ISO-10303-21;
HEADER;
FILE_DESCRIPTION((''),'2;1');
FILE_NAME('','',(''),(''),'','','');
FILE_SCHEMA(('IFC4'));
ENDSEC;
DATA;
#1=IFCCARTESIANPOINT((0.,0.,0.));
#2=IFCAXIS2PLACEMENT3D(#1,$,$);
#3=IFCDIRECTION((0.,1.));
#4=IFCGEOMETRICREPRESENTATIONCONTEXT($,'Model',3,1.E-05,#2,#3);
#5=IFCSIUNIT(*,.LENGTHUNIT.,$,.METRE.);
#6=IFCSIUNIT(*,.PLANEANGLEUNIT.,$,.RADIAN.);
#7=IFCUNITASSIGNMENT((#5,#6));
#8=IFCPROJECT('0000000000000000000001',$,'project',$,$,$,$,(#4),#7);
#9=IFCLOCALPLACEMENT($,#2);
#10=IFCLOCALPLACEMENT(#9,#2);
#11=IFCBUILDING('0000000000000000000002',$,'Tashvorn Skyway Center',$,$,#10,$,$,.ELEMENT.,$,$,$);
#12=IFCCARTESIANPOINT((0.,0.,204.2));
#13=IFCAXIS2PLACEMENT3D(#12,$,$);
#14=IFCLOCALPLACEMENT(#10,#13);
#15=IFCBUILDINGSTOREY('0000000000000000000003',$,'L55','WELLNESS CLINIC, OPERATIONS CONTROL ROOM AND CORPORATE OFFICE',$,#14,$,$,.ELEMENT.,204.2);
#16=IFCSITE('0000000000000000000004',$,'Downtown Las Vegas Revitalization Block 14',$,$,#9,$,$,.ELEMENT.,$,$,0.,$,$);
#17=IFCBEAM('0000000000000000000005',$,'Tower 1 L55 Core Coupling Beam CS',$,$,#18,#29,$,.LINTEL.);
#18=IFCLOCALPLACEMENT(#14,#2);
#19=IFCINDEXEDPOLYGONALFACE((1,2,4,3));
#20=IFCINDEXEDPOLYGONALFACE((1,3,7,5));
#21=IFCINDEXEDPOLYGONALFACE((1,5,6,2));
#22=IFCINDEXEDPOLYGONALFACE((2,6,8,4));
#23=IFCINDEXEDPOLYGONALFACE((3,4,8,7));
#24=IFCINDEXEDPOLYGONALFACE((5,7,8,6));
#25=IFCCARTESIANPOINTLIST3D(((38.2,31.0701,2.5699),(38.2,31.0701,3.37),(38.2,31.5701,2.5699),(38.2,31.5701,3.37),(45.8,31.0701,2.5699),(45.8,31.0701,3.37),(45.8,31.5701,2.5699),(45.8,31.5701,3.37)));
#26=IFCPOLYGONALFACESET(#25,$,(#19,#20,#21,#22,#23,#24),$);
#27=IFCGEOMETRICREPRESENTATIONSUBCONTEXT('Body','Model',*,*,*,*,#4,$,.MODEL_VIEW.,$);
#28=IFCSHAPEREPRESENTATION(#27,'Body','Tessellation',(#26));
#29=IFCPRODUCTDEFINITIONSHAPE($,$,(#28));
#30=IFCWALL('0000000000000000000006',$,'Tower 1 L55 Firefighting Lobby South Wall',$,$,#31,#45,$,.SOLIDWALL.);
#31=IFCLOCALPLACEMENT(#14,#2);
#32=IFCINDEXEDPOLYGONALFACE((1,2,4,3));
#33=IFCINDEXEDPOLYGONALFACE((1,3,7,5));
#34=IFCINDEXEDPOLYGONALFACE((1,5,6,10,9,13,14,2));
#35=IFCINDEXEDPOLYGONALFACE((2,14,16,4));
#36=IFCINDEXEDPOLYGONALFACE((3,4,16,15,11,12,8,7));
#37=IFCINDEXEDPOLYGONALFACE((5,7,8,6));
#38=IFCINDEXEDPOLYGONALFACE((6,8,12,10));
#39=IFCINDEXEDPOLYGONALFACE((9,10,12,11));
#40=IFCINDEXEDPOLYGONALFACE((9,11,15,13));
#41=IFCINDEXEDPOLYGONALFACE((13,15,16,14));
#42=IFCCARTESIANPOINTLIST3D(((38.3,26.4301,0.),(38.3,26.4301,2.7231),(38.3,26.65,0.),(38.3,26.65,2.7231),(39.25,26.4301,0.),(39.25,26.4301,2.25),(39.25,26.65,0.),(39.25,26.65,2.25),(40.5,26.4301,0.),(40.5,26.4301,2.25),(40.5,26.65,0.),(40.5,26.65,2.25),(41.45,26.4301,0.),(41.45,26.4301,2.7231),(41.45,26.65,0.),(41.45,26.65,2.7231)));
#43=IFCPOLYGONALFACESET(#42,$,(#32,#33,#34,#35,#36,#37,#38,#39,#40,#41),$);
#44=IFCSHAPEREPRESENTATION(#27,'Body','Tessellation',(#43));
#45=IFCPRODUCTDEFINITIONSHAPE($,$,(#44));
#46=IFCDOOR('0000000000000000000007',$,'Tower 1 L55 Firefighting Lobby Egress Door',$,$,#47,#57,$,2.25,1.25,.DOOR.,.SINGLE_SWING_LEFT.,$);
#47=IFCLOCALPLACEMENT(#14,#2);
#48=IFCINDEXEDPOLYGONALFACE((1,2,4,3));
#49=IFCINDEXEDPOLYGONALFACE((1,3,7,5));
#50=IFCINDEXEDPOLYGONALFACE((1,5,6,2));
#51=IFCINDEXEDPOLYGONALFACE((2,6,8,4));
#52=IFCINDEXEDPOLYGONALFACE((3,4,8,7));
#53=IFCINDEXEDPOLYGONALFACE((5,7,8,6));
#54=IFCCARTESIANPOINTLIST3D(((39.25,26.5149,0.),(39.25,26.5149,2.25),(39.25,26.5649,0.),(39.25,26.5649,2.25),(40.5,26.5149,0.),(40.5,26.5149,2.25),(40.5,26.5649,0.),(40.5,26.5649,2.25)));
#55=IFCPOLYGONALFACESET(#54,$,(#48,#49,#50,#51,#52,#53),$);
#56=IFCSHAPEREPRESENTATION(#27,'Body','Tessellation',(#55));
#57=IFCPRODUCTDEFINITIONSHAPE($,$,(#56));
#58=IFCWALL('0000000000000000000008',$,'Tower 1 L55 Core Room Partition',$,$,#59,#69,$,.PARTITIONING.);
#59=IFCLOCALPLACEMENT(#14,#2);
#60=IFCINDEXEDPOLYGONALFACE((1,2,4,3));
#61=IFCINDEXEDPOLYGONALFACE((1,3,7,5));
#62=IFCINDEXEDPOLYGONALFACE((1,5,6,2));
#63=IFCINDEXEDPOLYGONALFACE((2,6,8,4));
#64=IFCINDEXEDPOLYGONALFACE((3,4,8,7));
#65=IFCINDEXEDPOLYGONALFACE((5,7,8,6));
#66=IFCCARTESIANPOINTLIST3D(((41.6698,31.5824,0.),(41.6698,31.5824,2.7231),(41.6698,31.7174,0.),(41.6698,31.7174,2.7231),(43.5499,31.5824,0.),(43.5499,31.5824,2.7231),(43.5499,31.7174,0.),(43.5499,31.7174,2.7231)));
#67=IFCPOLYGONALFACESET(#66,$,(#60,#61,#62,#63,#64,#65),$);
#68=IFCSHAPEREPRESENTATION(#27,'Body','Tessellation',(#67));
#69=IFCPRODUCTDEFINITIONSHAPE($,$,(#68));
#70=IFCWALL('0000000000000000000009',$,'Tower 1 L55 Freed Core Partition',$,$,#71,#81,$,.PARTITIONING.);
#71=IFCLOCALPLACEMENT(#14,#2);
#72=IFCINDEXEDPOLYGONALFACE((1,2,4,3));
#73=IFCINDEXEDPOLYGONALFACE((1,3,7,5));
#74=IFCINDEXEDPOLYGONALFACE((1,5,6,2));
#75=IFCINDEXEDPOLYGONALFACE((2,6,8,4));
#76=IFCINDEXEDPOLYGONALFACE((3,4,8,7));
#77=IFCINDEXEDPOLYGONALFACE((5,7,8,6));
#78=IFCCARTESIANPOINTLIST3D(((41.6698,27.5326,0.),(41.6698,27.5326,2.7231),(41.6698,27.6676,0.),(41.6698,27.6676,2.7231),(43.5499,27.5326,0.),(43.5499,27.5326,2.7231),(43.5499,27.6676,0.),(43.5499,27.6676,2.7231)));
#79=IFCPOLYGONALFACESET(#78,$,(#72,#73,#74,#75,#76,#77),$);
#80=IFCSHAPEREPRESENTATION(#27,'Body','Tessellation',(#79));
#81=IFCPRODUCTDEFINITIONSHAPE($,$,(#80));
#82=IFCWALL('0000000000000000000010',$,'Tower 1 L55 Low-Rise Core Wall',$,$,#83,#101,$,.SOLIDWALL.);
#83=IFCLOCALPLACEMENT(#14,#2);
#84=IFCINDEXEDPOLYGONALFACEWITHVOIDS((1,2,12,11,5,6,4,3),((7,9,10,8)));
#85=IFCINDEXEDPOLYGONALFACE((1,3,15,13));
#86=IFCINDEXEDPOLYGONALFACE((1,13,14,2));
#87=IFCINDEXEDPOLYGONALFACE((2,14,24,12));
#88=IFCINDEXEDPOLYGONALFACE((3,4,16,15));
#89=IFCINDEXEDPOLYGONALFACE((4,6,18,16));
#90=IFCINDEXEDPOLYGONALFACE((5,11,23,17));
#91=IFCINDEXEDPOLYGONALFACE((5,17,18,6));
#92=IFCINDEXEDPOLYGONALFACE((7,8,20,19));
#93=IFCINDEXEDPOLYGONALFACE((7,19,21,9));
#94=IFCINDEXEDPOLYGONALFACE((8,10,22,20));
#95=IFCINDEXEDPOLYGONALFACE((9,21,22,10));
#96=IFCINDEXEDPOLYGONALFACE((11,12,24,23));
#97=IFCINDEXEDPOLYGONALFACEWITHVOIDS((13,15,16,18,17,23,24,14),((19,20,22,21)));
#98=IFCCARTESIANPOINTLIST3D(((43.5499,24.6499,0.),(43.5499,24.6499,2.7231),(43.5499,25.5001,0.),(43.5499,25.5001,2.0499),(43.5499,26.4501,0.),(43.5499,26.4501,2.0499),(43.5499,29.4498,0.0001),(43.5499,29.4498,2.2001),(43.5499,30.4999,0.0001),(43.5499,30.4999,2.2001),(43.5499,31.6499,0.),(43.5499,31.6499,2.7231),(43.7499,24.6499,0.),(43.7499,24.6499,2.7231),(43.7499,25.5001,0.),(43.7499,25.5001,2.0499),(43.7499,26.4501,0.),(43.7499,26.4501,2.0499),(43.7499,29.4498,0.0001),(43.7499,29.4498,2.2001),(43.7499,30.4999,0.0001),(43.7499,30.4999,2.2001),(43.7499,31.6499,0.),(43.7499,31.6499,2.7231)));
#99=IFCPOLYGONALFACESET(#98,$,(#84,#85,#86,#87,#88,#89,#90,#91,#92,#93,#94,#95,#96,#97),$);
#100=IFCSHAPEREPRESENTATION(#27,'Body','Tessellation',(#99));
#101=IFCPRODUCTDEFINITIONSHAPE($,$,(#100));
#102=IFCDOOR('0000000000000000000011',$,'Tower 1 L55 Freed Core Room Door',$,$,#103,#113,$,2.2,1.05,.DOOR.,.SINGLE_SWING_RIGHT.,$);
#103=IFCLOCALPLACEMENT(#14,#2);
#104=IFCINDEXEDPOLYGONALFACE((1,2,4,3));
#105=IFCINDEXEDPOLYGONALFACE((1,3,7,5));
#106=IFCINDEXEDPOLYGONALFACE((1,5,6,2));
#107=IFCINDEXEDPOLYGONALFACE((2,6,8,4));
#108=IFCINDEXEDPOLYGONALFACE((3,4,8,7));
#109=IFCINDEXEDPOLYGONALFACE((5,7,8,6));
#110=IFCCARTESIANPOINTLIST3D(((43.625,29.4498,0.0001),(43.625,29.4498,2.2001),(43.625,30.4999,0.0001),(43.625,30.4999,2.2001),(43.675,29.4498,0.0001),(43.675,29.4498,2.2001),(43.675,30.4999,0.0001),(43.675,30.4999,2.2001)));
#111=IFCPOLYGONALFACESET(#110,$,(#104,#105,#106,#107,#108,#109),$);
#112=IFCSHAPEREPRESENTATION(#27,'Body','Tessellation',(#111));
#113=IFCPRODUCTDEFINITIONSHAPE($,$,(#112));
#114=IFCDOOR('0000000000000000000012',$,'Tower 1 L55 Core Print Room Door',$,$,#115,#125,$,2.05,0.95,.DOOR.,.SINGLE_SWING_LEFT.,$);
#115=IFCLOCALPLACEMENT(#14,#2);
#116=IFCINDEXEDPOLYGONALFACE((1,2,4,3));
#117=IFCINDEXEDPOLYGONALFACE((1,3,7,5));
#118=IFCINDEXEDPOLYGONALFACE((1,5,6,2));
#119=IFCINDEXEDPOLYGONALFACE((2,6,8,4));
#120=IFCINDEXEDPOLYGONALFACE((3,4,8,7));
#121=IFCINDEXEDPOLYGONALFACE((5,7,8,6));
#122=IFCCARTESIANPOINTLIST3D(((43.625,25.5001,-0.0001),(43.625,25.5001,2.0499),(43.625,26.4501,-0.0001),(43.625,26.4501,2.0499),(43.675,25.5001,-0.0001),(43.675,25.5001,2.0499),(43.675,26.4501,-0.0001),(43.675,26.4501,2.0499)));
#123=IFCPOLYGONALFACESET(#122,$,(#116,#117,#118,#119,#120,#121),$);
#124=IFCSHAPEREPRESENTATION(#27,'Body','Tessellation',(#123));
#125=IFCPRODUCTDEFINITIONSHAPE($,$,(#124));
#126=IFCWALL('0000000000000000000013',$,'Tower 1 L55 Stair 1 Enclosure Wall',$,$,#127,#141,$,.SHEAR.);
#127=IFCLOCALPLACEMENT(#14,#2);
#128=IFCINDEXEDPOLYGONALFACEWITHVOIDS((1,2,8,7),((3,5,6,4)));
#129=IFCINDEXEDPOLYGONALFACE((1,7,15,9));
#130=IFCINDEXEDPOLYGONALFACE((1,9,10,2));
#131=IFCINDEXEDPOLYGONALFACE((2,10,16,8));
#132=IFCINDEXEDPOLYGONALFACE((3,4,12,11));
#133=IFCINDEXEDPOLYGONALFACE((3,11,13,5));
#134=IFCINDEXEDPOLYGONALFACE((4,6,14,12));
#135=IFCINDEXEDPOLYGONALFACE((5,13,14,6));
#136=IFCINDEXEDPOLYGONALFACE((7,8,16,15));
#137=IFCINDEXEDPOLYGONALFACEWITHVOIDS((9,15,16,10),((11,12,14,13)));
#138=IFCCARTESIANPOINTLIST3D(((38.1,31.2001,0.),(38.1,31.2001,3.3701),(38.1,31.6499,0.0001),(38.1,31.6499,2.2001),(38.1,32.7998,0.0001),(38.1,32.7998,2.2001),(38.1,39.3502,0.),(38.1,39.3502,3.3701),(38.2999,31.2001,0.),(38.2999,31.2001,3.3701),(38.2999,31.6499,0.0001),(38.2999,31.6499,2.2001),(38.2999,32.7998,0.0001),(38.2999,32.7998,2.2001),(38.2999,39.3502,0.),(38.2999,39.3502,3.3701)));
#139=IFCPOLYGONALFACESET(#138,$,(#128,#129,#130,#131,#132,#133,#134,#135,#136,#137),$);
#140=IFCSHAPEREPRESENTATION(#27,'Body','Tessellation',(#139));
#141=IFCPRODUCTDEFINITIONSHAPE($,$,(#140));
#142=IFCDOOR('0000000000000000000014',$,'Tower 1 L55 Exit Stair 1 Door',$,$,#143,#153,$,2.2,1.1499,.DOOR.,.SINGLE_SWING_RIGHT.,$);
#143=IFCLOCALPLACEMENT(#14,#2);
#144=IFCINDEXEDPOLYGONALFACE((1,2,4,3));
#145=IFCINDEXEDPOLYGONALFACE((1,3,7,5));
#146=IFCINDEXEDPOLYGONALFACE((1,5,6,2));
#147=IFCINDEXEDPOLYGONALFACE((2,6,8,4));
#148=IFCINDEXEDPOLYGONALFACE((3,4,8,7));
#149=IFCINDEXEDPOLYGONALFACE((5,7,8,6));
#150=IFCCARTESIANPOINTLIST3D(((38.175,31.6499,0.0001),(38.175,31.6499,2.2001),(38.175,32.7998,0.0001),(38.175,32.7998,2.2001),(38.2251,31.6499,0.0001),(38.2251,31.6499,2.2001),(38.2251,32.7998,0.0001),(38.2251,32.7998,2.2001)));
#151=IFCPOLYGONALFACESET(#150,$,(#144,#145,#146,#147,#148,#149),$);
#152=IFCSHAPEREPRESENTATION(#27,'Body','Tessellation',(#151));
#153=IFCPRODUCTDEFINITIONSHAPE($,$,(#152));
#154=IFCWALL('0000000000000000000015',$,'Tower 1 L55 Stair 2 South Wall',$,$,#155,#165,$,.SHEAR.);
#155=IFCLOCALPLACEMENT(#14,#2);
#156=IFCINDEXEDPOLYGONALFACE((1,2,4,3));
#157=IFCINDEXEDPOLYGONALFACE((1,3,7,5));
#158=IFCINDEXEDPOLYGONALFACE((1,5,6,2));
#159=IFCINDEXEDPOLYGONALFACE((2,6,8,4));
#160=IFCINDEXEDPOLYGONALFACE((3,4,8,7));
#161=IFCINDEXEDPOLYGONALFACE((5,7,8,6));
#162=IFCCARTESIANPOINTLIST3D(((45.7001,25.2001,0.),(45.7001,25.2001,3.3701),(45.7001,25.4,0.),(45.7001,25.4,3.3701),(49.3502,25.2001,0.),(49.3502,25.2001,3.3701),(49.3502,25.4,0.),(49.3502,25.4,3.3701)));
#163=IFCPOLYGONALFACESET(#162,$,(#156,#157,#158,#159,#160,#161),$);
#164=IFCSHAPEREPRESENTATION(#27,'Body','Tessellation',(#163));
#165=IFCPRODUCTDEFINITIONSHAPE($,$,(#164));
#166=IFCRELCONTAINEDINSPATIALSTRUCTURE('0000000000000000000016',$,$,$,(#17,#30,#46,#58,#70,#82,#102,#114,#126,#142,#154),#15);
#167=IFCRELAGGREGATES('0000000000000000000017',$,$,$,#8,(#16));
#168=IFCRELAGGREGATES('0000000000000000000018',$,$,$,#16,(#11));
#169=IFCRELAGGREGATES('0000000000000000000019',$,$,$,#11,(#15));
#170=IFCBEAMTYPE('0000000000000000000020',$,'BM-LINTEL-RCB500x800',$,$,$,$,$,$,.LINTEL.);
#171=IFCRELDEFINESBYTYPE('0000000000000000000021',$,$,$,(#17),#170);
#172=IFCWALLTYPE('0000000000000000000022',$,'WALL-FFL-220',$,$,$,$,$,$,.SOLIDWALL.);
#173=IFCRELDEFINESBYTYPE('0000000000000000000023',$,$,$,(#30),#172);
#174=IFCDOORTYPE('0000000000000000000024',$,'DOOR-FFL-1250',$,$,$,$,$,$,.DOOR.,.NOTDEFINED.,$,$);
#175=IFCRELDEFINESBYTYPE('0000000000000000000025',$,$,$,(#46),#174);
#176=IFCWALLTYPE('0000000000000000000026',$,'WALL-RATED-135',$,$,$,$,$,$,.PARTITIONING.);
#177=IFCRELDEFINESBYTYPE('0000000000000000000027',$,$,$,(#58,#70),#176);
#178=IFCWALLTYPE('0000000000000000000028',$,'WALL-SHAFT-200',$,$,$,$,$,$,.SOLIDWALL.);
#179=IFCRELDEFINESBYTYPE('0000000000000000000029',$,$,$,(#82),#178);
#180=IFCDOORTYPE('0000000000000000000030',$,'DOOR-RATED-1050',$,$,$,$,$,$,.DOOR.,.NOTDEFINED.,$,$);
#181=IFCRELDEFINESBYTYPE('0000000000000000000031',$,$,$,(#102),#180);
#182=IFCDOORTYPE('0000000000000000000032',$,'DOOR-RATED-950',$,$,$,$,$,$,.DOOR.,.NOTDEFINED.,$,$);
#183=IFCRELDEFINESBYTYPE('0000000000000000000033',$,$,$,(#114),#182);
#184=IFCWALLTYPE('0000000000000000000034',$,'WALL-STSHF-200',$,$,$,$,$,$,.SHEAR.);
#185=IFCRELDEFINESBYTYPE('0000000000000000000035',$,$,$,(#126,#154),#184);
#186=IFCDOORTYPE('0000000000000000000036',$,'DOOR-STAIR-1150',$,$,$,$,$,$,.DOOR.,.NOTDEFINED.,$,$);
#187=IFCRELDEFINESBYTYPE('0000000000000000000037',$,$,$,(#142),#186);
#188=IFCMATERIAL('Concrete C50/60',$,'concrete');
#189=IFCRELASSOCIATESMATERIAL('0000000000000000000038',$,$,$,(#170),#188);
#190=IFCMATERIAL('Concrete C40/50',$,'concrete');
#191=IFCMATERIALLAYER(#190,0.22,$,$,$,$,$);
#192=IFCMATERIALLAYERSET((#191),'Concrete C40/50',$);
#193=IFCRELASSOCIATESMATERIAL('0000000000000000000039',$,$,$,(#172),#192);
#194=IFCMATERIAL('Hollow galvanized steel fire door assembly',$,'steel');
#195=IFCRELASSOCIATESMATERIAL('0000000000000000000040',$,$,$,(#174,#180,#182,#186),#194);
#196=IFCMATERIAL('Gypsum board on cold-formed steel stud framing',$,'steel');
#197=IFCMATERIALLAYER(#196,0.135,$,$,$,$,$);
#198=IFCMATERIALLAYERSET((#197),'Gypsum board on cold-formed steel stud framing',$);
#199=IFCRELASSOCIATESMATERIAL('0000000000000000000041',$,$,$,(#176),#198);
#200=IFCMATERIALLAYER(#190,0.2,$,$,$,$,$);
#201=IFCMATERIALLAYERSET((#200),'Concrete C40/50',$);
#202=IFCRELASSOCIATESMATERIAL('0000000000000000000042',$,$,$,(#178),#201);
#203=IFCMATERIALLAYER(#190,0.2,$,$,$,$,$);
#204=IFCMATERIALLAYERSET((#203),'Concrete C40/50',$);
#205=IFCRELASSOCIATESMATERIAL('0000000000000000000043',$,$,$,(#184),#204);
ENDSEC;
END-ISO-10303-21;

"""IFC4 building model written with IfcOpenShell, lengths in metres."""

from ifc_helpers import new_model, si_unit, direction, frame, frame_2d, origin, origin_2d, place, context, subcontext, project, spatial, rectangle, extrude, material, layer, layer_set, material_profile, profile_set, type_object, element, fill, save


model = new_model("IFC4")

# Units and contexts
model_context = context("Model", 3, precision=1e-05, world=origin(), true_north=direction((0.0, 1.0)))
body_context = subcontext(model_context, "Body", "Model", "MODEL_VIEW")
ifc_project = project(units=[si_unit("LENGTHUNIT", "METRE"), si_unit("PLANEANGLEUNIT", "RADIAN")], contexts=[model_context])

# Site, building, storey
site_placement = place(None, origin())
site = spatial("IfcSite", under=ifc_project, at=site_placement, Name="Downtown Las Vegas Revitalization Block 14", CompositionType="ELEMENT", RefElevation=0.0)
building_placement = place(site_placement, origin())
building = spatial("IfcBuilding", under=site, at=building_placement, Name="Tashvorn Skyway Center", CompositionType="ELEMENT")
storey_placement = place(building_placement, frame((0.0, 0.0, 204.2)))
storey = spatial("IfcBuildingStorey", under=building, at=storey_placement, Name="L55", Description="WELLNESS CLINIC, OPERATIONS CONTROL ROOM AND CORPORATE OFFICE", CompositionType="ELEMENT", Elevation=204.2)

# Beam
ifc_material_1 = material(Name="Concrete C50/60", Category="concrete")
ifc_material_profile = material_profile(ifc_material_1, rectangle(XDim=0.5, YDim=0.8, at=origin_2d()), Name="RCB500x800")
ifc_profile_set = profile_set([ifc_material_profile], Name="Concrete C50/60")
beam_type = type_object("IfcBeamType", Name="BM-LINTEL-RCB500x800", PredefinedType="LINTEL", material=ifc_profile_set)
beam_placement = place(storey_placement, frame((38.2, 31.3201, 2.97), z_axis=(1.0, 0.0, 0.0), x_axis=(0.0, 1.0, 0.0)))
element("IfcBeam", 1, at=beam_placement, inside=storey, type_object=beam_type, Name="Tower 1 L55 Core Coupling Beam CS", PredefinedType="LINTEL", context=body_context, shape_type="SweptSolid", body=[
    extrude(rectangle(XDim=0.5, YDim=0.8, at=origin_2d()), origin(), (0.0, 0.0, 1.0), 7.6001),
])

# Wall, opening, door
ifc_material_2 = material(Name="Concrete C40/50", Category="concrete")
ifc_layer_1 = layer(ifc_material_2, 0.22)
ifc_layer_set_1 = layer_set([ifc_layer_1], Name="Concrete C40/50")
wall_type_1 = type_object("IfcWallType", Name="WALL-FFL-220", PredefinedType="SOLIDWALL", material=ifc_layer_set_1)
wall_1_placement = place(storey_placement, frame((38.3, 26.54, 0.0), z_axis=(0.0, 0.0, 1.0), x_axis=(1.0, 0.0, 0.0)))
wall_1 = element("IfcWall", 2, at=wall_1_placement, inside=storey, type_object=wall_type_1, Name="Tower 1 L55 Firefighting Lobby South Wall", PredefinedType="SOLIDWALL", context=body_context, shape_type="SweptSolid", body=[
    extrude(rectangle(XDim=3.1499, YDim=0.22, at=frame_2d((1.575, 0.0))), origin(), (0.0, 0.0, 1.0), 2.7231),
])
opening_1_placement = place(wall_1_placement, frame((0.95, 0.0, 0.0)))
opening_1 = element("IfcOpeningElement", 3, at=opening_1_placement, cuts=wall_1, PredefinedType="OPENING", context=body_context, shape_type="SweptSolid", body=[
    extrude(rectangle(XDim=1.25, YDim=2.25, at=frame_2d((0.625, 1.125))), frame((0.0, 0.1199, 0.0), z_axis=(0.0, -1.0, 0.0), x_axis=(1.0, 0.0, 0.0)), (0.0, 0.0, 1.0), 0.24),
])
ifc_material_3 = material(Name="Hollow galvanized steel fire door assembly", Category="steel")
door_type_1 = type_object("IfcDoorType", Name="DOOR-FFL-1250", OperationType="NOTDEFINED", PredefinedType="DOOR", material=ifc_material_3)
door_1_placement = place(opening_1_placement, origin())
door_1 = element("IfcDoor", 4, at=door_1_placement, inside=storey, type_object=door_type_1, Name="Tower 1 L55 Firefighting Lobby Egress Door", OperationType="SINGLE_SWING_LEFT", OverallHeight=2.25, OverallWidth=1.25, PredefinedType="DOOR", context=body_context, shape_type="SweptSolid", body=[
    extrude(rectangle(XDim=1.25, YDim=2.25, at=frame_2d((0.625, 1.125))), frame((0.0, 0.0249, 0.0), z_axis=(0.0, -1.0, 0.0), x_axis=(1.0, 0.0, 0.0)), (0.0, 0.0, 1.0), 0.05),
])
fill(opening_1, door_1)

# Walls
ifc_material_4 = material(Name="Gypsum board on cold-formed steel stud framing", Category="steel")
ifc_layer_2 = layer(ifc_material_4, 0.135)
ifc_layer_set_2 = layer_set([ifc_layer_2], Name="Gypsum board on cold-formed steel stud framing")
wall_type_2 = type_object("IfcWallType", Name="WALL-RATED-135", PredefinedType="PARTITIONING", material=ifc_layer_set_2)
for number, where, z_axis, x_axis, name in (
    (5, (41.6699, 31.6499, 0.0), (0.0, 0.0, 1.0), (1.0, 0.0, 0.0), "Tower 1 L55 Core Room Partition"),
    (6, (41.6699, 27.6001, 0.0), (0.0, 0.0, 1.0), (1.0, 0.0, 0.0), "Tower 1 L55 Freed Core Partition"),
):
    element("IfcWall", number, at=place(storey_placement, frame(where, z_axis=z_axis, x_axis=x_axis)), inside=storey, type_object=wall_type_2, Name=name, PredefinedType="PARTITIONING", context=body_context, shape_type="SweptSolid", body=[
        extrude(rectangle(XDim=1.8801, YDim=0.135, at=frame_2d((0.9399, 0.0))), origin(), (0.0, 0.0, 1.0), 2.7231),
    ])

# Wall, openings, doors
ifc_layer_3 = layer(ifc_material_2, 0.2)
ifc_layer_set_3 = layer_set([ifc_layer_3], Name="Concrete C40/50")
wall_type_3 = type_object("IfcWallType", Name="WALL-SHAFT-200", PredefinedType="SOLIDWALL", material=ifc_layer_set_3)
wall_2_placement = place(storey_placement, frame((43.6499, 24.6499, 0.0), z_axis=(0.0, 0.0, 1.0), x_axis=(0.0, 1.0, 0.0)))
wall_2 = element("IfcWall", 7, at=wall_2_placement, inside=storey, type_object=wall_type_3, Name="Tower 1 L55 Low-Rise Core Wall", PredefinedType="SOLIDWALL", context=body_context, shape_type="SweptSolid", body=[
    extrude(rectangle(XDim=7.0, YDim=0.2, at=frame_2d((3.5, 0.0))), origin(), (0.0, 0.0, 1.0), 2.7231),
])
opening_2_placement = place(wall_2_placement, frame((0.8501, 0.0, 0.0)))
opening_2 = element("IfcOpeningElement", 8, at=opening_2_placement, cuts=wall_2, PredefinedType="OPENING", context=body_context, shape_type="SweptSolid", body=[
    extrude(rectangle(XDim=0.95, YDim=2.05, at=frame_2d((0.4751, 1.0249))), frame((0.0, 0.1099, 0.0), z_axis=(0.0, -1.0, 0.0), x_axis=(1.0, 0.0, 0.0)), (0.0, 0.0, 1.0), 0.22),
])
opening_3_placement = place(wall_2_placement, frame((4.8, 0.0, 0.0)))
opening_3 = element("IfcOpeningElement", 9, at=opening_3_placement, cuts=wall_2, PredefinedType="OPENING", context=body_context, shape_type="SweptSolid", body=[
    extrude(rectangle(XDim=1.05, YDim=2.2, at=frame_2d((0.5249, 1.1001))), frame((0.0, 0.1099, 0.0), z_axis=(0.0, -1.0, 0.0), x_axis=(1.0, 0.0, 0.0)), (0.0, 0.0, 1.0), 0.22),
])
door_type_2 = type_object("IfcDoorType", Name="DOOR-RATED-1050", OperationType="NOTDEFINED", PredefinedType="DOOR", material=ifc_material_3)
door_2_placement = place(opening_3_placement, origin())
door_2 = element("IfcDoor", 10, at=door_2_placement, inside=storey, type_object=door_type_2, Name="Tower 1 L55 Freed Core Room Door", OperationType="SINGLE_SWING_RIGHT", OverallHeight=2.2, OverallWidth=1.05, PredefinedType="DOOR", context=body_context, shape_type="SweptSolid", body=[
    extrude(rectangle(XDim=1.05, YDim=2.2, at=frame_2d((0.5249, 1.1001))), frame((0.0, 0.0249, 0.0), z_axis=(0.0, -1.0, 0.0), x_axis=(1.0, 0.0, 0.0)), (0.0, 0.0, 1.0), 0.05),
])
fill(opening_3, door_2)
door_type_3 = type_object("IfcDoorType", Name="DOOR-RATED-950", OperationType="NOTDEFINED", PredefinedType="DOOR", material=ifc_material_3)
door_3_placement = place(opening_2_placement, origin())
door_3 = element("IfcDoor", 11, at=door_3_placement, inside=storey, type_object=door_type_3, Name="Tower 1 L55 Core Print Room Door", OperationType="SINGLE_SWING_LEFT", OverallHeight=2.05, OverallWidth=0.95, PredefinedType="DOOR", context=body_context, shape_type="SweptSolid", body=[
    extrude(rectangle(XDim=0.95, YDim=2.05, at=frame_2d((0.4751, 1.0249))), frame((0.0, 0.0249, 0.0), z_axis=(0.0, -1.0, 0.0), x_axis=(1.0, 0.0, 0.0)), (0.0, 0.0, 1.0), 0.05),
])
fill(opening_2, door_3)

# Wall, opening, door
ifc_layer_4 = layer(ifc_material_2, 0.2)
ifc_layer_set_4 = layer_set([ifc_layer_4], Name="Concrete C40/50")
wall_type_4 = type_object("IfcWallType", Name="WALL-STSHF-200", PredefinedType="SHEAR", material=ifc_layer_set_4)
wall_3_placement = place(storey_placement, frame((38.2, 31.2, 0.0), z_axis=(0.0, 0.0, 1.0), x_axis=(0.0, 1.0, 0.0)))
wall_3 = element("IfcWall", 12, at=wall_3_placement, inside=storey, type_object=wall_type_4, Name="Tower 1 L55 Stair 1 Enclosure Wall", PredefinedType="SHEAR", context=body_context, shape_type="SweptSolid", body=[
    extrude(rectangle(XDim=8.1501, YDim=0.2, at=frame_2d((4.0752, 0.0))), origin(), (0.0, 0.0, 1.0), 3.3701),
])
opening_4_placement = place(wall_3_placement, frame((0.45, 0.0, 0.0)))
opening_4 = element("IfcOpeningElement", 13, at=opening_4_placement, cuts=wall_3, PredefinedType="OPENING", context=body_context, shape_type="SweptSolid", body=[
    extrude(rectangle(XDim=1.1499, YDim=2.2, at=frame_2d((0.575, 1.1001))), frame((0.0, 0.1099, 0.0), z_axis=(0.0, -1.0, 0.0), x_axis=(1.0, 0.0, 0.0)), (0.0, 0.0, 1.0), 0.22),
])
door_type_4 = type_object("IfcDoorType", Name="DOOR-STAIR-1150", OperationType="NOTDEFINED", PredefinedType="DOOR", material=ifc_material_3)
door_4_placement = place(opening_4_placement, origin())
door_4 = element("IfcDoor", 14, at=door_4_placement, inside=storey, type_object=door_type_4, Name="Tower 1 L55 Exit Stair 1 Door", OperationType="SINGLE_SWING_RIGHT", OverallHeight=2.2, OverallWidth=1.1499, PredefinedType="DOOR", context=body_context, shape_type="SweptSolid", body=[
    extrude(rectangle(XDim=1.1499, YDim=2.2, at=frame_2d((0.575, 1.1001))), frame((0.0, 0.0249, 0.0), z_axis=(0.0, -1.0, 0.0), x_axis=(1.0, 0.0, 0.0)), (0.0, 0.0, 1.0), 0.05),
])
fill(opening_4, door_4)

# Wall
wall_4_placement = place(storey_placement, frame((45.7, 25.3, 0.0), z_axis=(0.0, 0.0, 1.0), x_axis=(1.0, 0.0, 0.0)))
element("IfcWall", 15, at=wall_4_placement, inside=storey, type_object=wall_type_4, Name="Tower 1 L55 Stair 2 South Wall", PredefinedType="SHEAR", context=body_context, shape_type="SweptSolid", body=[
    extrude(rectangle(XDim=3.6501, YDim=0.2, at=frame_2d((1.8252, 0.0))), origin(), (0.0, 0.0, 1.0), 3.3701),
])

save(model, "model.ifc")
